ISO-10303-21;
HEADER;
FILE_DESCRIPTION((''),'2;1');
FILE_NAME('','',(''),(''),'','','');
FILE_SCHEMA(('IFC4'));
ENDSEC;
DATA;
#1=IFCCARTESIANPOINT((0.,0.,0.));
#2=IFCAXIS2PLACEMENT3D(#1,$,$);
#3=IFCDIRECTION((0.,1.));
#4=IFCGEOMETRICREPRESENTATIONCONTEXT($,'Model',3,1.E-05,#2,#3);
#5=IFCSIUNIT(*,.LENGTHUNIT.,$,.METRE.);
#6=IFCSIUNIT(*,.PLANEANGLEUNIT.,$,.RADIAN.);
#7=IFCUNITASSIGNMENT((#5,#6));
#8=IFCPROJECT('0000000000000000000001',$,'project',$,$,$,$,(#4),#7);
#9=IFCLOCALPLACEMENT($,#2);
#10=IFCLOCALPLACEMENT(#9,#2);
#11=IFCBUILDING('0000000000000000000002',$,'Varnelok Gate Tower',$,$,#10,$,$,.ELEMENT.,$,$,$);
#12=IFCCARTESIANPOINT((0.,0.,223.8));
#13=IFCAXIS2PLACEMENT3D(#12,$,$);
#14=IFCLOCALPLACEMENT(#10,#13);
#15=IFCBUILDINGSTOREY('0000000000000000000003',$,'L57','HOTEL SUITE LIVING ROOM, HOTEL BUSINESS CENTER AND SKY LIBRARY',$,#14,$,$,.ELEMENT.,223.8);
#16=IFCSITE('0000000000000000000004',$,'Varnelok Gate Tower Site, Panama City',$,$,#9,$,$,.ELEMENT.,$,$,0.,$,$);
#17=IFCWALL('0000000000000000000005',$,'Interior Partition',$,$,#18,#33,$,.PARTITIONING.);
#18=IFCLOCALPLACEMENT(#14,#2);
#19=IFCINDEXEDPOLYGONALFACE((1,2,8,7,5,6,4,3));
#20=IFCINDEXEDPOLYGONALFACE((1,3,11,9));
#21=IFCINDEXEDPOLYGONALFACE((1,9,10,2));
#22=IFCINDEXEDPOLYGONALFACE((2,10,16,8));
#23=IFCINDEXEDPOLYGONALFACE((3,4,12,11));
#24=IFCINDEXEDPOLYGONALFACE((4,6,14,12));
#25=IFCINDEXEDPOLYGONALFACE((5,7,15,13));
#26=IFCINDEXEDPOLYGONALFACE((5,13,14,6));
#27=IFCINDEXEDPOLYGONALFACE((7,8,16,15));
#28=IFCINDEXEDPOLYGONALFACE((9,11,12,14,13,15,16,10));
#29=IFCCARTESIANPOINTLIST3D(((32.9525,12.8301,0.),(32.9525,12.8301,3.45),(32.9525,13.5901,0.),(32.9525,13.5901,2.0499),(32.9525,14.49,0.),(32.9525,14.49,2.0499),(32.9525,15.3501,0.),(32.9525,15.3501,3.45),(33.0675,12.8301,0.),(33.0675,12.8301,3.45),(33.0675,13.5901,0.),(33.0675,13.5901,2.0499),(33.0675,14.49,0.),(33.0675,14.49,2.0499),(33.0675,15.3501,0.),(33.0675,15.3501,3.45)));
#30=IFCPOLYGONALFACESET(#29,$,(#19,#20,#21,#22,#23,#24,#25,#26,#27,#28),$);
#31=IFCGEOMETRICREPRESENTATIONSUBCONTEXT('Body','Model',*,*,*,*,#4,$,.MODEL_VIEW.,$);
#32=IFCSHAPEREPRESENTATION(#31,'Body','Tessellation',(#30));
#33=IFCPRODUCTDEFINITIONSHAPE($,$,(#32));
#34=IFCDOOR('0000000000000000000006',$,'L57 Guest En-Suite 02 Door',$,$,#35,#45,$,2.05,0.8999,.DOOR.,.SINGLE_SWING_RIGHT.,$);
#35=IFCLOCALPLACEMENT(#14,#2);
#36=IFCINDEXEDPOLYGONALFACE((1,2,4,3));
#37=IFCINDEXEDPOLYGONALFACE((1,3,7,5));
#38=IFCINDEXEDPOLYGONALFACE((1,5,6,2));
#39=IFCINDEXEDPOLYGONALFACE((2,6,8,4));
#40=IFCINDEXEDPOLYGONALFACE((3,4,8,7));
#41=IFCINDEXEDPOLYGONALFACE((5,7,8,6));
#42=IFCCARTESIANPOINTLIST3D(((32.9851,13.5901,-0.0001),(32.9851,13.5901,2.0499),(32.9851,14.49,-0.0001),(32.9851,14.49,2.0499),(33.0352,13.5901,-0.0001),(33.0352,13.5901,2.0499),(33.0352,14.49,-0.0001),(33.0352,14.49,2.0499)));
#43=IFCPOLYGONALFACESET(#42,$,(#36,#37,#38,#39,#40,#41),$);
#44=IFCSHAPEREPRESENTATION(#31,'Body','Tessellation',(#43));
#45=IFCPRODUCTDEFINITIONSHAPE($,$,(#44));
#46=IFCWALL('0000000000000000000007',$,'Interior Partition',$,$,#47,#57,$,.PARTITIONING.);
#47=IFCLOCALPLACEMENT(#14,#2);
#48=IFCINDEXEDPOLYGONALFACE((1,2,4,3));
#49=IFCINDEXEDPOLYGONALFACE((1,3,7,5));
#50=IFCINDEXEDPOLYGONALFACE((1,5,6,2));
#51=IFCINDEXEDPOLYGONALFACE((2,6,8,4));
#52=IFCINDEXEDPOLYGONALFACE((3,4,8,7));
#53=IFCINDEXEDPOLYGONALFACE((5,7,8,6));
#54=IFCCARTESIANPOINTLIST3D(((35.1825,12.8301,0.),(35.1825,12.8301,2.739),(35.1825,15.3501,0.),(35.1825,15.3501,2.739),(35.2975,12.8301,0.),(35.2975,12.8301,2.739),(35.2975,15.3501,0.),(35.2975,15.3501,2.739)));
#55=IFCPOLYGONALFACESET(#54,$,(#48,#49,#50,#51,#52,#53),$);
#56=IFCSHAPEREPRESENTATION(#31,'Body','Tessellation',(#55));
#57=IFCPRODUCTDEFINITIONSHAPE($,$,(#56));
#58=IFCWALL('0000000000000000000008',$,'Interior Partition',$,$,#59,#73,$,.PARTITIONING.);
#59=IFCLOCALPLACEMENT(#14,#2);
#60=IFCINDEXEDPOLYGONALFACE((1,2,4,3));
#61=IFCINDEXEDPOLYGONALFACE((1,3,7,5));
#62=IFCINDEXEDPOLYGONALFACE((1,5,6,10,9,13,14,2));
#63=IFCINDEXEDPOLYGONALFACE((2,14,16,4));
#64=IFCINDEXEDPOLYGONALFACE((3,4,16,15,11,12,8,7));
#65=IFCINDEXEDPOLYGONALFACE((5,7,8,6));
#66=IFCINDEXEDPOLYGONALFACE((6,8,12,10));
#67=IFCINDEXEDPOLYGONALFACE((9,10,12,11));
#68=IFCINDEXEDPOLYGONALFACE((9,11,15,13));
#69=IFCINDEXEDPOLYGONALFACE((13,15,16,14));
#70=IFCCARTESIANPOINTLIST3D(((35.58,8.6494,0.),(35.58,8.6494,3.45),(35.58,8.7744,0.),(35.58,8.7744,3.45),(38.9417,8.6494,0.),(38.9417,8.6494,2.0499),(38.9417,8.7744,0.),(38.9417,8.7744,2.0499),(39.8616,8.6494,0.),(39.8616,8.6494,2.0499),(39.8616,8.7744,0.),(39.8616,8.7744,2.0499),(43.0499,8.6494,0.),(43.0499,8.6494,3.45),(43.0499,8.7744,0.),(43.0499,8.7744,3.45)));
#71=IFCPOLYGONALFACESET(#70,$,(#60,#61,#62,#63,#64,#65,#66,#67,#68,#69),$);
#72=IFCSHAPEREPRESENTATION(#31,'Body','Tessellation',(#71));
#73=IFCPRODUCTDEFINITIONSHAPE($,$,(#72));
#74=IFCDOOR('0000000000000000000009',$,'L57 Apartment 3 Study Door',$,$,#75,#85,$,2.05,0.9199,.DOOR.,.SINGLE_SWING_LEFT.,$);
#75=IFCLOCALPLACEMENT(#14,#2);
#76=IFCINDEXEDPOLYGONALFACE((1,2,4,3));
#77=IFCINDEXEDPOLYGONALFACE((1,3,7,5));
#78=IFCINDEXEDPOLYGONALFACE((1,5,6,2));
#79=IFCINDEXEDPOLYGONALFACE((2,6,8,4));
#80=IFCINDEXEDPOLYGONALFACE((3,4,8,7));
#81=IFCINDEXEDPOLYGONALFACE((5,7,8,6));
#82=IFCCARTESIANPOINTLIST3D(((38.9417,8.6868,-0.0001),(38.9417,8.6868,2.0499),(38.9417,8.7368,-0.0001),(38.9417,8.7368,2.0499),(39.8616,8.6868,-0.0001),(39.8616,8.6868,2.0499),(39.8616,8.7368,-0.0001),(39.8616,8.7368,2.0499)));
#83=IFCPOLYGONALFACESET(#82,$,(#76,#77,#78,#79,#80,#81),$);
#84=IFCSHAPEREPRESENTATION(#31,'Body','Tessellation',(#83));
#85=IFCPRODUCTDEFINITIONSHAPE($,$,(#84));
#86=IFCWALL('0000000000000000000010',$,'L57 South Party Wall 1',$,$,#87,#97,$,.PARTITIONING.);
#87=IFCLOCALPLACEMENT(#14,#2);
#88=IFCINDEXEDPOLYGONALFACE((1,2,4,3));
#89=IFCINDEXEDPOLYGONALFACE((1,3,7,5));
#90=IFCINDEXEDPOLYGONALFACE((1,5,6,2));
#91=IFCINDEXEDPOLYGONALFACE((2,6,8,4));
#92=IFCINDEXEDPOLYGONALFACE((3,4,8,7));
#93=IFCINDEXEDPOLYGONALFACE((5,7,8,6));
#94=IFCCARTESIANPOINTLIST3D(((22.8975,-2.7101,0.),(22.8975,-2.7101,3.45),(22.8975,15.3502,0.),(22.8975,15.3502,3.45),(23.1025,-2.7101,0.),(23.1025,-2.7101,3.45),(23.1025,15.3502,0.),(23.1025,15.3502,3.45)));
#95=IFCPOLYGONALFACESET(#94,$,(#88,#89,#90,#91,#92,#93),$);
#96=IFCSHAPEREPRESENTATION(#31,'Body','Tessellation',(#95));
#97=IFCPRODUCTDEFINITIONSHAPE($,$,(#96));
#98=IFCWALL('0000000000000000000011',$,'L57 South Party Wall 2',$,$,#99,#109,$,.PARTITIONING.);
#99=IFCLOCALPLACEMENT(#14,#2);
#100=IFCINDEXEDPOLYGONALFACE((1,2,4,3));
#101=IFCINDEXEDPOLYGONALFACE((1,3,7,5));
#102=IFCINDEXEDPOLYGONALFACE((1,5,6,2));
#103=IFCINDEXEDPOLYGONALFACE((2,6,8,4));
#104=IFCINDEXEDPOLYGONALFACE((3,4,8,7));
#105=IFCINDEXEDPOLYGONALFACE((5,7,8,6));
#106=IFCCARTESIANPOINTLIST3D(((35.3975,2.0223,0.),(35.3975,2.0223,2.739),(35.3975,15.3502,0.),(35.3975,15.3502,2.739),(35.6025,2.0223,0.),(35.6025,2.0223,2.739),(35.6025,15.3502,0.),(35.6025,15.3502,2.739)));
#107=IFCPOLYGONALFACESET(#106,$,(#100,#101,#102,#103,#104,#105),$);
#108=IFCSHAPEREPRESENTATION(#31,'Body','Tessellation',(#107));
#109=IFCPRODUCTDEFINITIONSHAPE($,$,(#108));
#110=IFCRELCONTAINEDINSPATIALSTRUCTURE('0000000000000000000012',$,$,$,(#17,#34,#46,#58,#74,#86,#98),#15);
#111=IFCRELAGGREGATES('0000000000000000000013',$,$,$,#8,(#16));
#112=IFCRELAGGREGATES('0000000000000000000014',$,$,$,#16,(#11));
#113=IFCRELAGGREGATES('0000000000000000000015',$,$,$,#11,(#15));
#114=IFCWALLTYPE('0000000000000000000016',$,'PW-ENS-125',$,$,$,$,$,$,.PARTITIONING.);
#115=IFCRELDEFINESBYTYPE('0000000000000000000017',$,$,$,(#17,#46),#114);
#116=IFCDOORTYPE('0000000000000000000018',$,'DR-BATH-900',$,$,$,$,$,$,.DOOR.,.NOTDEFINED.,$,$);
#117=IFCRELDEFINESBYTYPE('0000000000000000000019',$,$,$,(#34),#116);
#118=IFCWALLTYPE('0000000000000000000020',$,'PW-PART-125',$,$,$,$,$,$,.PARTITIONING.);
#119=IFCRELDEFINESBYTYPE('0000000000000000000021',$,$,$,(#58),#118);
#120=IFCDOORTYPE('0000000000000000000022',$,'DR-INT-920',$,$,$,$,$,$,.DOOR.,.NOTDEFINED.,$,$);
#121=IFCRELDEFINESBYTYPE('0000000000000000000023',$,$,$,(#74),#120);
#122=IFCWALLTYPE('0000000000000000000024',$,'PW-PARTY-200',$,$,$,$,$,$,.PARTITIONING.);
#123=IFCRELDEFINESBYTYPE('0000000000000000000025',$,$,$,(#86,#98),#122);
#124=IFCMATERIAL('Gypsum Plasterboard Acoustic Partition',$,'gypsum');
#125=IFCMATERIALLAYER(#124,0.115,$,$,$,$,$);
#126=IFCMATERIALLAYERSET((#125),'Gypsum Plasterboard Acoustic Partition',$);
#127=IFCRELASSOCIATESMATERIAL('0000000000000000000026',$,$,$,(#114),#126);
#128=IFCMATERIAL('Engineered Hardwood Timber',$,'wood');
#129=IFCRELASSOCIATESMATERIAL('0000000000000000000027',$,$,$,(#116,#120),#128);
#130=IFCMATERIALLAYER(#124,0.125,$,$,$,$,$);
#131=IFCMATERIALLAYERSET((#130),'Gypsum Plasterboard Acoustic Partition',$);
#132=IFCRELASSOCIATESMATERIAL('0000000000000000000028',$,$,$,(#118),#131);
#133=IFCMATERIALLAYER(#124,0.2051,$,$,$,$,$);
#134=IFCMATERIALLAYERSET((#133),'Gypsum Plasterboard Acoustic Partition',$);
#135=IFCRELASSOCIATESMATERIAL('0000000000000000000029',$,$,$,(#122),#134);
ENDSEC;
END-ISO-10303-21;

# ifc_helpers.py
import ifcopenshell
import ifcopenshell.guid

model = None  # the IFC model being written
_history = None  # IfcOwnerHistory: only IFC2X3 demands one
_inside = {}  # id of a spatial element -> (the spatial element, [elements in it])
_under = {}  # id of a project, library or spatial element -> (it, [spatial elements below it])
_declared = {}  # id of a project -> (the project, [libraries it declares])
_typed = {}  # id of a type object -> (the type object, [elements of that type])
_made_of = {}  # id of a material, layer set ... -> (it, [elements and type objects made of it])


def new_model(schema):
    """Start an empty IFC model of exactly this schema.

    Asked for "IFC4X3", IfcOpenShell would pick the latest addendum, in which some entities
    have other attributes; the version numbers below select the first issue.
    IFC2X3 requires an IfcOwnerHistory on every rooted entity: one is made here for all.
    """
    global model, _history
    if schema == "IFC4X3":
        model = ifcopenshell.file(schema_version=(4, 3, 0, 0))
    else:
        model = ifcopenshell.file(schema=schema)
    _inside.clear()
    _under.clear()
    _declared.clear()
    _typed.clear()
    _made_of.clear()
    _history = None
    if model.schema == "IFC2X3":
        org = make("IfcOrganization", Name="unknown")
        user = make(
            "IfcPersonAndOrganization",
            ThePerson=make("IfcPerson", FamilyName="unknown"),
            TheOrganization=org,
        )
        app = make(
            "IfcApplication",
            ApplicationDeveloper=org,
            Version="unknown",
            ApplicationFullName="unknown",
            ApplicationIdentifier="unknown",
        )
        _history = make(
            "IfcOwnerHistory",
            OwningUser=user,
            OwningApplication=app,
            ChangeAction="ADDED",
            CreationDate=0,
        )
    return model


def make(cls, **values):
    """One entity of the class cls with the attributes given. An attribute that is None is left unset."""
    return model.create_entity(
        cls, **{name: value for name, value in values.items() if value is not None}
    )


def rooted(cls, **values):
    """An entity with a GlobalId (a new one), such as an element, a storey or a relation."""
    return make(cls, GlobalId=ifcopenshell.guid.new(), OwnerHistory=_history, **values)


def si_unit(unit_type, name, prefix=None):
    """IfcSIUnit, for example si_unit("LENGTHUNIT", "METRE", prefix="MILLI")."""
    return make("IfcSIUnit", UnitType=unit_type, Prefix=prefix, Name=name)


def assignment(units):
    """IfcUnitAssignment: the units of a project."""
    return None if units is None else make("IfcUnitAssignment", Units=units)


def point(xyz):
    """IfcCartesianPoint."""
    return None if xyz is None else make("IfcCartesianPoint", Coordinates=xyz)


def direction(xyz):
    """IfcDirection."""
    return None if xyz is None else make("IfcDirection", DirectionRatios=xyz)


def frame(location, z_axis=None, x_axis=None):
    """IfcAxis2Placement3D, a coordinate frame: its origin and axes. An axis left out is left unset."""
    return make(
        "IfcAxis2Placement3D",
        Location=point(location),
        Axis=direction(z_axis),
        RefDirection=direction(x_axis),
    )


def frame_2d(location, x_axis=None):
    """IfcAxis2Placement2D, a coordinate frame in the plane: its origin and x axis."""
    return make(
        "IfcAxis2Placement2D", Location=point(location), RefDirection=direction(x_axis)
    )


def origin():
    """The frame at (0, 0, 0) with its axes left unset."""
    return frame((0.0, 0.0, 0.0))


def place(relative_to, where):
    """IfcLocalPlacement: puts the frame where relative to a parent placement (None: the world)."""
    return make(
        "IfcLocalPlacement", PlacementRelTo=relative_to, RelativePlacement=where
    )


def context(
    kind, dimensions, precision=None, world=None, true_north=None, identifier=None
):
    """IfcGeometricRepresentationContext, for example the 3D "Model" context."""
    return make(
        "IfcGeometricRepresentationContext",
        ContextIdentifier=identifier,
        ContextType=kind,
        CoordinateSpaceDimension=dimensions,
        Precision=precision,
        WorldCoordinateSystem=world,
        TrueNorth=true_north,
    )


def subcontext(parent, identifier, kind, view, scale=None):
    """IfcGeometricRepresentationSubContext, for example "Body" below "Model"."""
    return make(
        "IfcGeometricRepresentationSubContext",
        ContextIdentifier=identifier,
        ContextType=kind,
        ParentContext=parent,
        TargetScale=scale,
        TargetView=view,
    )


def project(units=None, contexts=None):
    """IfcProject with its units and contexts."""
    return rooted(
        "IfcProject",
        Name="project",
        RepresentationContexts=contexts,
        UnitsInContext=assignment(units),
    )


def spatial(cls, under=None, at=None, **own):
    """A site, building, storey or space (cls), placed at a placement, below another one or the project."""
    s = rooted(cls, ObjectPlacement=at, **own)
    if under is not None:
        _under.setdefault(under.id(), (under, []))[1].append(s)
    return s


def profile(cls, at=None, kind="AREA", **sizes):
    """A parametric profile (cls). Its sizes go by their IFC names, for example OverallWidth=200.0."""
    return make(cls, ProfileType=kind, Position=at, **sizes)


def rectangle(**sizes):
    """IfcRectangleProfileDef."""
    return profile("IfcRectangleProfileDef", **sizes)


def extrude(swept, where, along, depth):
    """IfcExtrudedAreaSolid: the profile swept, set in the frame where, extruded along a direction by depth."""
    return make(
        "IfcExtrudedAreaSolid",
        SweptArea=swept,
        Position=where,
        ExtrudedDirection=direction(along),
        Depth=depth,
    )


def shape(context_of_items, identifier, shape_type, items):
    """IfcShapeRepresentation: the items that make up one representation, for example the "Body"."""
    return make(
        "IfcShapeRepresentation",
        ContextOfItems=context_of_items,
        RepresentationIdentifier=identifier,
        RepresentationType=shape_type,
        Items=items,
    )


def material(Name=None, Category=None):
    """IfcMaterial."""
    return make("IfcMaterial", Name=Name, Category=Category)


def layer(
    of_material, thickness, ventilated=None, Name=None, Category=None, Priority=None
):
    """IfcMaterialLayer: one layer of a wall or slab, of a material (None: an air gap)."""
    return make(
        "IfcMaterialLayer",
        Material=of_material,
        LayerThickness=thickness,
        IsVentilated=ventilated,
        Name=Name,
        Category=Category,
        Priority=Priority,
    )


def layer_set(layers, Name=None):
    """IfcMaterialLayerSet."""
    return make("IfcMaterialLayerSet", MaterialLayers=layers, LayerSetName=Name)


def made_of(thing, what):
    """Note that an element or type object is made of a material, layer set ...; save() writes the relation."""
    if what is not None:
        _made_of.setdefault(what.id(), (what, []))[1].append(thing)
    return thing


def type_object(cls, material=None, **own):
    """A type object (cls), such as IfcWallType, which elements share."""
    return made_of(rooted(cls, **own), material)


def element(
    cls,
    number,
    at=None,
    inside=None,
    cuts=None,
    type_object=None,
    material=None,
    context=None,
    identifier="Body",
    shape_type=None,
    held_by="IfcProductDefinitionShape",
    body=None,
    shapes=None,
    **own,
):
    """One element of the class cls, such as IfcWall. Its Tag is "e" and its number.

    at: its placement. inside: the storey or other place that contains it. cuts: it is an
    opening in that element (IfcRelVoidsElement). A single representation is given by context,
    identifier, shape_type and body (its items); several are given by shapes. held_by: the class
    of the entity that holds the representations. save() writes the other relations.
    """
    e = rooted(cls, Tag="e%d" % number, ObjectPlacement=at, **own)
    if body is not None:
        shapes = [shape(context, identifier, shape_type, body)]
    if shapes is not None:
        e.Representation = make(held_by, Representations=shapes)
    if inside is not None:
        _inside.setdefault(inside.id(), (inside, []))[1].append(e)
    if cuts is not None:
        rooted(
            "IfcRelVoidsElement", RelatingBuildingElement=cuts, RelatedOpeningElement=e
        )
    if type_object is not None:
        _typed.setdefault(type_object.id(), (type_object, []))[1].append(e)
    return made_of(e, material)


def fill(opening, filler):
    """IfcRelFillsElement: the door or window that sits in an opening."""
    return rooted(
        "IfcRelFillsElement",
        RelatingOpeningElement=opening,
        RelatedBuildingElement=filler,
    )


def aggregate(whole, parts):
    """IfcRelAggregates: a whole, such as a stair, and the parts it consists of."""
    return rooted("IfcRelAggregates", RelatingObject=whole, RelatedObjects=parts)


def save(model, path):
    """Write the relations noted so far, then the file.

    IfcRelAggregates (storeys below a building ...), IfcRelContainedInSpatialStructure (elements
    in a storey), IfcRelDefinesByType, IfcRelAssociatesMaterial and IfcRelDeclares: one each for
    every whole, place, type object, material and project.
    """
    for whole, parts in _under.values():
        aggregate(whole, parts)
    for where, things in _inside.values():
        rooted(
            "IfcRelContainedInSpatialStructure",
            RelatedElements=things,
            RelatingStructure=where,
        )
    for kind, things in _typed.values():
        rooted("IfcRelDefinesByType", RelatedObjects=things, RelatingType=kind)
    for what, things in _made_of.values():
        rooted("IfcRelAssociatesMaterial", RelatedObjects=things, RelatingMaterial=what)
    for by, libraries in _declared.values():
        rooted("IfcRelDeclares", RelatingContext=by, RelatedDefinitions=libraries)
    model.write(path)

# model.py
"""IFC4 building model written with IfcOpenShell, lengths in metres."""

from ifc_helpers import new_model, si_unit, direction, frame, frame_2d, origin, place, context, subcontext, project, spatial, rectangle, extrude, material, layer, layer_set, type_object, element, fill, save


model = new_model("IFC4")

# Units and contexts
model_context = context("Model", 3, precision=1e-05, world=origin(), true_north=direction((0.0, 1.0)))
body_context = subcontext(model_context, "Body", "Model", "MODEL_VIEW")
ifc_project = project(units=[si_unit("LENGTHUNIT", "METRE"), si_unit("PLANEANGLEUNIT", "RADIAN")], contexts=[model_context])

# Site, building, storey
site_placement = place(None, origin())
site = spatial("IfcSite", under=ifc_project, at=site_placement, Name="Varnelok Gate Tower Site, Panama City", CompositionType="ELEMENT", RefElevation=0.0)
building_placement = place(site_placement, origin())
building = spatial("IfcBuilding", under=site, at=building_placement, Name="Varnelok Gate Tower", CompositionType="ELEMENT")
storey_placement = place(building_placement, frame((0.0, 0.0, 223.8)))
storey = spatial("IfcBuildingStorey", under=building, at=storey_placement, Name="L57", Description="HOTEL SUITE LIVING ROOM, HOTEL BUSINESS CENTER AND SKY LIBRARY", CompositionType="ELEMENT", Elevation=223.8)

# Shared definitions
ifc_material_1 = material(Name="Gypsum Plasterboard Acoustic Partition", Category="gypsum")
ifc_material_2 = material(Name="Engineered Hardwood Timber", Category="wood")

# Shared definitions
ifc_layer_1 = layer(ifc_material_1, 0.115)
ifc_layer_set_1 = layer_set([ifc_layer_1], Name="Gypsum Plasterboard Acoustic Partition")
wall_type_1 = type_object("IfcWallType", Name="PW-ENS-125", PredefinedType="PARTITIONING", material=ifc_layer_set_1)

# Shared definitions
door_type_1 = type_object("IfcDoorType", Name="DR-BATH-900", OperationType="NOTDEFINED", PredefinedType="DOOR", material=ifc_material_2)

# Wall, opening, door
wall_1_placement = place(storey_placement, frame((33.01, 12.8301, 0.0), z_axis=(0.0, 0.0, 1.0), x_axis=(0.0, 1.0, 0.0)))
wall_1 = element("IfcWall", 1, at=wall_1_placement, inside=storey, type_object=wall_type_1, Name="Interior Partition", PredefinedType="PARTITIONING", context=body_context, shape_type="SweptSolid", body=[
    extrude(rectangle(XDim=2.52, YDim=0.115, at=frame_2d((1.26, 0.0))), origin(), (0.0, 0.0, 1.0), 3.45),
])
opening_1_placement = place(wall_1_placement, frame((0.76, 0.0, 0.0)))
opening_1 = element("IfcOpeningElement", 2, at=opening_1_placement, cuts=wall_1, PredefinedType="OPENING", context=body_context, shape_type="SweptSolid", body=[
    extrude(rectangle(XDim=0.8999, YDim=2.05, at=frame_2d((0.45, 1.0249))), frame((0.0, 0.0674, 0.0), z_axis=(0.0, -1.0, 0.0), x_axis=(1.0, 0.0, 0.0)), (0.0, 0.0, 1.0), 0.135),
])
door_1_placement = place(opening_1_placement, origin())
door_1 = element("IfcDoor", 3, at=door_1_placement, inside=storey, type_object=door_type_1, Name="L57 Guest En-Suite 02 Door", OperationType="SINGLE_SWING_RIGHT", OverallHeight=2.05, OverallWidth=0.8999, PredefinedType="DOOR", context=body_context, shape_type="SweptSolid", body=[
    extrude(rectangle(XDim=0.8999, YDim=2.05, at=frame_2d((0.45, 1.0249))), frame((0.0, 0.0249, 0.0), z_axis=(0.0, -1.0, 0.0), x_axis=(1.0, 0.0, 0.0)), (0.0, 0.0, 1.0), 0.05),
])
fill(opening_1, door_1)

# Wall
wall_2_placement = place(storey_placement, frame((35.24, 12.8301, 0.0), z_axis=(0.0, 0.0, 1.0), x_axis=(0.0, 1.0, 0.0)))
element("IfcWall", 4, at=wall_2_placement, inside=storey, type_object=wall_type_1, Name="Interior Partition", PredefinedType="PARTITIONING", context=body_context, shape_type="SweptSolid", body=[
    extrude(rectangle(XDim=2.52, YDim=0.115, at=frame_2d((1.26, 0.0))), origin(), (0.0, 0.0, 1.0), 2.739),
])

# Wall, opening, door
ifc_layer_2 = layer(ifc_material_1, 0.125)
ifc_layer_set_2 = layer_set([ifc_layer_2], Name="Gypsum Plasterboard Acoustic Partition")
wall_type_2 = type_object("IfcWallType", Name="PW-PART-125", PredefinedType="PARTITIONING", material=ifc_layer_set_2)
wall_3_placement = place(storey_placement, frame((35.5801, 8.7119, 0.0), z_axis=(0.0, 0.0, 1.0), x_axis=(1.0, 0.0, 0.0)))
wall_3 = element("IfcWall", 5, at=wall_3_placement, inside=storey, type_object=wall_type_2, Name="Interior Partition", PredefinedType="PARTITIONING", context=body_context, shape_type="SweptSolid", body=[
    extrude(rectangle(XDim=7.47, YDim=0.125, at=frame_2d((3.7349, 0.0))), origin(), (0.0, 0.0, 1.0), 3.45),
])
opening_2_placement = place(wall_3_placement, frame((3.3616, 0.0, 0.0)))
opening_2 = element("IfcOpeningElement", 6, at=opening_2_placement, cuts=wall_3, PredefinedType="OPENING", context=body_context, shape_type="SweptSolid", body=[
    extrude(rectangle(XDim=0.9199, YDim=2.05, at=frame_2d((0.46, 1.0249))), frame((0.0, 0.0725, 0.0), z_axis=(0.0, -1.0, 0.0), x_axis=(1.0, 0.0, 0.0)), (0.0, 0.0, 1.0), 0.145),
])
door_type_2 = type_object("IfcDoorType", Name="DR-INT-920", OperationType="NOTDEFINED", PredefinedType="DOOR", material=ifc_material_2)
door_2_placement = place(opening_2_placement, origin())
door_2 = element("IfcDoor", 7, at=door_2_placement, inside=storey, type_object=door_type_2, Name="L57 Apartment 3 Study Door", OperationType="SINGLE_SWING_LEFT", OverallHeight=2.05, OverallWidth=0.9199, PredefinedType="DOOR", context=body_context, shape_type="SweptSolid", body=[
    extrude(rectangle(XDim=0.9199, YDim=2.05, at=frame_2d((0.46, 1.0249))), frame((0.0, 0.0249, 0.0), z_axis=(0.0, -1.0, 0.0), x_axis=(1.0, 0.0, 0.0)), (0.0, 0.0, 1.0), 0.05),
])
fill(opening_2, door_2)

# Walls
ifc_layer_3 = layer(ifc_material_1, 0.2051)
ifc_layer_set_3 = layer_set([ifc_layer_3], Name="Gypsum Plasterboard Acoustic Partition")
wall_type_3 = type_object("IfcWallType", Name="PW-PARTY-200", PredefinedType="PARTITIONING", material=ifc_layer_set_3)
wall_4_placement = place(storey_placement, frame((23.0, -2.7102, 0.0), z_axis=(0.0, 0.0, 1.0), x_axis=(0.0, 1.0, 0.0)))
element("IfcWall", 8, at=wall_4_placement, inside=storey, type_object=wall_type_3, Name="L57 South Party Wall 1", PredefinedType="PARTITIONING", context=body_context, shape_type="SweptSolid", body=[
    extrude(rectangle(XDim=18.0603, YDim=0.2051, at=frame_2d((9.0303, 0.0))), origin(), (0.0, 0.0, 1.0), 3.45),
])
wall_5_placement = place(storey_placement, frame((35.5, 2.0222, 0.0), z_axis=(0.0, 0.0, 1.0), x_axis=(0.0, 1.0, 0.0)))
element("IfcWall", 9, at=wall_5_placement, inside=storey, type_object=wall_type_3, Name="L57 South Party Wall 2", PredefinedType="PARTITIONING", context=body_context, shape_type="SweptSolid", body=[
    extrude(rectangle(XDim=13.3279, YDim=0.2051, at=frame_2d((6.6641, 0.0))), origin(), (0.0, 0.0, 1.0), 2.739),
])

save(model, "model.ifc")
